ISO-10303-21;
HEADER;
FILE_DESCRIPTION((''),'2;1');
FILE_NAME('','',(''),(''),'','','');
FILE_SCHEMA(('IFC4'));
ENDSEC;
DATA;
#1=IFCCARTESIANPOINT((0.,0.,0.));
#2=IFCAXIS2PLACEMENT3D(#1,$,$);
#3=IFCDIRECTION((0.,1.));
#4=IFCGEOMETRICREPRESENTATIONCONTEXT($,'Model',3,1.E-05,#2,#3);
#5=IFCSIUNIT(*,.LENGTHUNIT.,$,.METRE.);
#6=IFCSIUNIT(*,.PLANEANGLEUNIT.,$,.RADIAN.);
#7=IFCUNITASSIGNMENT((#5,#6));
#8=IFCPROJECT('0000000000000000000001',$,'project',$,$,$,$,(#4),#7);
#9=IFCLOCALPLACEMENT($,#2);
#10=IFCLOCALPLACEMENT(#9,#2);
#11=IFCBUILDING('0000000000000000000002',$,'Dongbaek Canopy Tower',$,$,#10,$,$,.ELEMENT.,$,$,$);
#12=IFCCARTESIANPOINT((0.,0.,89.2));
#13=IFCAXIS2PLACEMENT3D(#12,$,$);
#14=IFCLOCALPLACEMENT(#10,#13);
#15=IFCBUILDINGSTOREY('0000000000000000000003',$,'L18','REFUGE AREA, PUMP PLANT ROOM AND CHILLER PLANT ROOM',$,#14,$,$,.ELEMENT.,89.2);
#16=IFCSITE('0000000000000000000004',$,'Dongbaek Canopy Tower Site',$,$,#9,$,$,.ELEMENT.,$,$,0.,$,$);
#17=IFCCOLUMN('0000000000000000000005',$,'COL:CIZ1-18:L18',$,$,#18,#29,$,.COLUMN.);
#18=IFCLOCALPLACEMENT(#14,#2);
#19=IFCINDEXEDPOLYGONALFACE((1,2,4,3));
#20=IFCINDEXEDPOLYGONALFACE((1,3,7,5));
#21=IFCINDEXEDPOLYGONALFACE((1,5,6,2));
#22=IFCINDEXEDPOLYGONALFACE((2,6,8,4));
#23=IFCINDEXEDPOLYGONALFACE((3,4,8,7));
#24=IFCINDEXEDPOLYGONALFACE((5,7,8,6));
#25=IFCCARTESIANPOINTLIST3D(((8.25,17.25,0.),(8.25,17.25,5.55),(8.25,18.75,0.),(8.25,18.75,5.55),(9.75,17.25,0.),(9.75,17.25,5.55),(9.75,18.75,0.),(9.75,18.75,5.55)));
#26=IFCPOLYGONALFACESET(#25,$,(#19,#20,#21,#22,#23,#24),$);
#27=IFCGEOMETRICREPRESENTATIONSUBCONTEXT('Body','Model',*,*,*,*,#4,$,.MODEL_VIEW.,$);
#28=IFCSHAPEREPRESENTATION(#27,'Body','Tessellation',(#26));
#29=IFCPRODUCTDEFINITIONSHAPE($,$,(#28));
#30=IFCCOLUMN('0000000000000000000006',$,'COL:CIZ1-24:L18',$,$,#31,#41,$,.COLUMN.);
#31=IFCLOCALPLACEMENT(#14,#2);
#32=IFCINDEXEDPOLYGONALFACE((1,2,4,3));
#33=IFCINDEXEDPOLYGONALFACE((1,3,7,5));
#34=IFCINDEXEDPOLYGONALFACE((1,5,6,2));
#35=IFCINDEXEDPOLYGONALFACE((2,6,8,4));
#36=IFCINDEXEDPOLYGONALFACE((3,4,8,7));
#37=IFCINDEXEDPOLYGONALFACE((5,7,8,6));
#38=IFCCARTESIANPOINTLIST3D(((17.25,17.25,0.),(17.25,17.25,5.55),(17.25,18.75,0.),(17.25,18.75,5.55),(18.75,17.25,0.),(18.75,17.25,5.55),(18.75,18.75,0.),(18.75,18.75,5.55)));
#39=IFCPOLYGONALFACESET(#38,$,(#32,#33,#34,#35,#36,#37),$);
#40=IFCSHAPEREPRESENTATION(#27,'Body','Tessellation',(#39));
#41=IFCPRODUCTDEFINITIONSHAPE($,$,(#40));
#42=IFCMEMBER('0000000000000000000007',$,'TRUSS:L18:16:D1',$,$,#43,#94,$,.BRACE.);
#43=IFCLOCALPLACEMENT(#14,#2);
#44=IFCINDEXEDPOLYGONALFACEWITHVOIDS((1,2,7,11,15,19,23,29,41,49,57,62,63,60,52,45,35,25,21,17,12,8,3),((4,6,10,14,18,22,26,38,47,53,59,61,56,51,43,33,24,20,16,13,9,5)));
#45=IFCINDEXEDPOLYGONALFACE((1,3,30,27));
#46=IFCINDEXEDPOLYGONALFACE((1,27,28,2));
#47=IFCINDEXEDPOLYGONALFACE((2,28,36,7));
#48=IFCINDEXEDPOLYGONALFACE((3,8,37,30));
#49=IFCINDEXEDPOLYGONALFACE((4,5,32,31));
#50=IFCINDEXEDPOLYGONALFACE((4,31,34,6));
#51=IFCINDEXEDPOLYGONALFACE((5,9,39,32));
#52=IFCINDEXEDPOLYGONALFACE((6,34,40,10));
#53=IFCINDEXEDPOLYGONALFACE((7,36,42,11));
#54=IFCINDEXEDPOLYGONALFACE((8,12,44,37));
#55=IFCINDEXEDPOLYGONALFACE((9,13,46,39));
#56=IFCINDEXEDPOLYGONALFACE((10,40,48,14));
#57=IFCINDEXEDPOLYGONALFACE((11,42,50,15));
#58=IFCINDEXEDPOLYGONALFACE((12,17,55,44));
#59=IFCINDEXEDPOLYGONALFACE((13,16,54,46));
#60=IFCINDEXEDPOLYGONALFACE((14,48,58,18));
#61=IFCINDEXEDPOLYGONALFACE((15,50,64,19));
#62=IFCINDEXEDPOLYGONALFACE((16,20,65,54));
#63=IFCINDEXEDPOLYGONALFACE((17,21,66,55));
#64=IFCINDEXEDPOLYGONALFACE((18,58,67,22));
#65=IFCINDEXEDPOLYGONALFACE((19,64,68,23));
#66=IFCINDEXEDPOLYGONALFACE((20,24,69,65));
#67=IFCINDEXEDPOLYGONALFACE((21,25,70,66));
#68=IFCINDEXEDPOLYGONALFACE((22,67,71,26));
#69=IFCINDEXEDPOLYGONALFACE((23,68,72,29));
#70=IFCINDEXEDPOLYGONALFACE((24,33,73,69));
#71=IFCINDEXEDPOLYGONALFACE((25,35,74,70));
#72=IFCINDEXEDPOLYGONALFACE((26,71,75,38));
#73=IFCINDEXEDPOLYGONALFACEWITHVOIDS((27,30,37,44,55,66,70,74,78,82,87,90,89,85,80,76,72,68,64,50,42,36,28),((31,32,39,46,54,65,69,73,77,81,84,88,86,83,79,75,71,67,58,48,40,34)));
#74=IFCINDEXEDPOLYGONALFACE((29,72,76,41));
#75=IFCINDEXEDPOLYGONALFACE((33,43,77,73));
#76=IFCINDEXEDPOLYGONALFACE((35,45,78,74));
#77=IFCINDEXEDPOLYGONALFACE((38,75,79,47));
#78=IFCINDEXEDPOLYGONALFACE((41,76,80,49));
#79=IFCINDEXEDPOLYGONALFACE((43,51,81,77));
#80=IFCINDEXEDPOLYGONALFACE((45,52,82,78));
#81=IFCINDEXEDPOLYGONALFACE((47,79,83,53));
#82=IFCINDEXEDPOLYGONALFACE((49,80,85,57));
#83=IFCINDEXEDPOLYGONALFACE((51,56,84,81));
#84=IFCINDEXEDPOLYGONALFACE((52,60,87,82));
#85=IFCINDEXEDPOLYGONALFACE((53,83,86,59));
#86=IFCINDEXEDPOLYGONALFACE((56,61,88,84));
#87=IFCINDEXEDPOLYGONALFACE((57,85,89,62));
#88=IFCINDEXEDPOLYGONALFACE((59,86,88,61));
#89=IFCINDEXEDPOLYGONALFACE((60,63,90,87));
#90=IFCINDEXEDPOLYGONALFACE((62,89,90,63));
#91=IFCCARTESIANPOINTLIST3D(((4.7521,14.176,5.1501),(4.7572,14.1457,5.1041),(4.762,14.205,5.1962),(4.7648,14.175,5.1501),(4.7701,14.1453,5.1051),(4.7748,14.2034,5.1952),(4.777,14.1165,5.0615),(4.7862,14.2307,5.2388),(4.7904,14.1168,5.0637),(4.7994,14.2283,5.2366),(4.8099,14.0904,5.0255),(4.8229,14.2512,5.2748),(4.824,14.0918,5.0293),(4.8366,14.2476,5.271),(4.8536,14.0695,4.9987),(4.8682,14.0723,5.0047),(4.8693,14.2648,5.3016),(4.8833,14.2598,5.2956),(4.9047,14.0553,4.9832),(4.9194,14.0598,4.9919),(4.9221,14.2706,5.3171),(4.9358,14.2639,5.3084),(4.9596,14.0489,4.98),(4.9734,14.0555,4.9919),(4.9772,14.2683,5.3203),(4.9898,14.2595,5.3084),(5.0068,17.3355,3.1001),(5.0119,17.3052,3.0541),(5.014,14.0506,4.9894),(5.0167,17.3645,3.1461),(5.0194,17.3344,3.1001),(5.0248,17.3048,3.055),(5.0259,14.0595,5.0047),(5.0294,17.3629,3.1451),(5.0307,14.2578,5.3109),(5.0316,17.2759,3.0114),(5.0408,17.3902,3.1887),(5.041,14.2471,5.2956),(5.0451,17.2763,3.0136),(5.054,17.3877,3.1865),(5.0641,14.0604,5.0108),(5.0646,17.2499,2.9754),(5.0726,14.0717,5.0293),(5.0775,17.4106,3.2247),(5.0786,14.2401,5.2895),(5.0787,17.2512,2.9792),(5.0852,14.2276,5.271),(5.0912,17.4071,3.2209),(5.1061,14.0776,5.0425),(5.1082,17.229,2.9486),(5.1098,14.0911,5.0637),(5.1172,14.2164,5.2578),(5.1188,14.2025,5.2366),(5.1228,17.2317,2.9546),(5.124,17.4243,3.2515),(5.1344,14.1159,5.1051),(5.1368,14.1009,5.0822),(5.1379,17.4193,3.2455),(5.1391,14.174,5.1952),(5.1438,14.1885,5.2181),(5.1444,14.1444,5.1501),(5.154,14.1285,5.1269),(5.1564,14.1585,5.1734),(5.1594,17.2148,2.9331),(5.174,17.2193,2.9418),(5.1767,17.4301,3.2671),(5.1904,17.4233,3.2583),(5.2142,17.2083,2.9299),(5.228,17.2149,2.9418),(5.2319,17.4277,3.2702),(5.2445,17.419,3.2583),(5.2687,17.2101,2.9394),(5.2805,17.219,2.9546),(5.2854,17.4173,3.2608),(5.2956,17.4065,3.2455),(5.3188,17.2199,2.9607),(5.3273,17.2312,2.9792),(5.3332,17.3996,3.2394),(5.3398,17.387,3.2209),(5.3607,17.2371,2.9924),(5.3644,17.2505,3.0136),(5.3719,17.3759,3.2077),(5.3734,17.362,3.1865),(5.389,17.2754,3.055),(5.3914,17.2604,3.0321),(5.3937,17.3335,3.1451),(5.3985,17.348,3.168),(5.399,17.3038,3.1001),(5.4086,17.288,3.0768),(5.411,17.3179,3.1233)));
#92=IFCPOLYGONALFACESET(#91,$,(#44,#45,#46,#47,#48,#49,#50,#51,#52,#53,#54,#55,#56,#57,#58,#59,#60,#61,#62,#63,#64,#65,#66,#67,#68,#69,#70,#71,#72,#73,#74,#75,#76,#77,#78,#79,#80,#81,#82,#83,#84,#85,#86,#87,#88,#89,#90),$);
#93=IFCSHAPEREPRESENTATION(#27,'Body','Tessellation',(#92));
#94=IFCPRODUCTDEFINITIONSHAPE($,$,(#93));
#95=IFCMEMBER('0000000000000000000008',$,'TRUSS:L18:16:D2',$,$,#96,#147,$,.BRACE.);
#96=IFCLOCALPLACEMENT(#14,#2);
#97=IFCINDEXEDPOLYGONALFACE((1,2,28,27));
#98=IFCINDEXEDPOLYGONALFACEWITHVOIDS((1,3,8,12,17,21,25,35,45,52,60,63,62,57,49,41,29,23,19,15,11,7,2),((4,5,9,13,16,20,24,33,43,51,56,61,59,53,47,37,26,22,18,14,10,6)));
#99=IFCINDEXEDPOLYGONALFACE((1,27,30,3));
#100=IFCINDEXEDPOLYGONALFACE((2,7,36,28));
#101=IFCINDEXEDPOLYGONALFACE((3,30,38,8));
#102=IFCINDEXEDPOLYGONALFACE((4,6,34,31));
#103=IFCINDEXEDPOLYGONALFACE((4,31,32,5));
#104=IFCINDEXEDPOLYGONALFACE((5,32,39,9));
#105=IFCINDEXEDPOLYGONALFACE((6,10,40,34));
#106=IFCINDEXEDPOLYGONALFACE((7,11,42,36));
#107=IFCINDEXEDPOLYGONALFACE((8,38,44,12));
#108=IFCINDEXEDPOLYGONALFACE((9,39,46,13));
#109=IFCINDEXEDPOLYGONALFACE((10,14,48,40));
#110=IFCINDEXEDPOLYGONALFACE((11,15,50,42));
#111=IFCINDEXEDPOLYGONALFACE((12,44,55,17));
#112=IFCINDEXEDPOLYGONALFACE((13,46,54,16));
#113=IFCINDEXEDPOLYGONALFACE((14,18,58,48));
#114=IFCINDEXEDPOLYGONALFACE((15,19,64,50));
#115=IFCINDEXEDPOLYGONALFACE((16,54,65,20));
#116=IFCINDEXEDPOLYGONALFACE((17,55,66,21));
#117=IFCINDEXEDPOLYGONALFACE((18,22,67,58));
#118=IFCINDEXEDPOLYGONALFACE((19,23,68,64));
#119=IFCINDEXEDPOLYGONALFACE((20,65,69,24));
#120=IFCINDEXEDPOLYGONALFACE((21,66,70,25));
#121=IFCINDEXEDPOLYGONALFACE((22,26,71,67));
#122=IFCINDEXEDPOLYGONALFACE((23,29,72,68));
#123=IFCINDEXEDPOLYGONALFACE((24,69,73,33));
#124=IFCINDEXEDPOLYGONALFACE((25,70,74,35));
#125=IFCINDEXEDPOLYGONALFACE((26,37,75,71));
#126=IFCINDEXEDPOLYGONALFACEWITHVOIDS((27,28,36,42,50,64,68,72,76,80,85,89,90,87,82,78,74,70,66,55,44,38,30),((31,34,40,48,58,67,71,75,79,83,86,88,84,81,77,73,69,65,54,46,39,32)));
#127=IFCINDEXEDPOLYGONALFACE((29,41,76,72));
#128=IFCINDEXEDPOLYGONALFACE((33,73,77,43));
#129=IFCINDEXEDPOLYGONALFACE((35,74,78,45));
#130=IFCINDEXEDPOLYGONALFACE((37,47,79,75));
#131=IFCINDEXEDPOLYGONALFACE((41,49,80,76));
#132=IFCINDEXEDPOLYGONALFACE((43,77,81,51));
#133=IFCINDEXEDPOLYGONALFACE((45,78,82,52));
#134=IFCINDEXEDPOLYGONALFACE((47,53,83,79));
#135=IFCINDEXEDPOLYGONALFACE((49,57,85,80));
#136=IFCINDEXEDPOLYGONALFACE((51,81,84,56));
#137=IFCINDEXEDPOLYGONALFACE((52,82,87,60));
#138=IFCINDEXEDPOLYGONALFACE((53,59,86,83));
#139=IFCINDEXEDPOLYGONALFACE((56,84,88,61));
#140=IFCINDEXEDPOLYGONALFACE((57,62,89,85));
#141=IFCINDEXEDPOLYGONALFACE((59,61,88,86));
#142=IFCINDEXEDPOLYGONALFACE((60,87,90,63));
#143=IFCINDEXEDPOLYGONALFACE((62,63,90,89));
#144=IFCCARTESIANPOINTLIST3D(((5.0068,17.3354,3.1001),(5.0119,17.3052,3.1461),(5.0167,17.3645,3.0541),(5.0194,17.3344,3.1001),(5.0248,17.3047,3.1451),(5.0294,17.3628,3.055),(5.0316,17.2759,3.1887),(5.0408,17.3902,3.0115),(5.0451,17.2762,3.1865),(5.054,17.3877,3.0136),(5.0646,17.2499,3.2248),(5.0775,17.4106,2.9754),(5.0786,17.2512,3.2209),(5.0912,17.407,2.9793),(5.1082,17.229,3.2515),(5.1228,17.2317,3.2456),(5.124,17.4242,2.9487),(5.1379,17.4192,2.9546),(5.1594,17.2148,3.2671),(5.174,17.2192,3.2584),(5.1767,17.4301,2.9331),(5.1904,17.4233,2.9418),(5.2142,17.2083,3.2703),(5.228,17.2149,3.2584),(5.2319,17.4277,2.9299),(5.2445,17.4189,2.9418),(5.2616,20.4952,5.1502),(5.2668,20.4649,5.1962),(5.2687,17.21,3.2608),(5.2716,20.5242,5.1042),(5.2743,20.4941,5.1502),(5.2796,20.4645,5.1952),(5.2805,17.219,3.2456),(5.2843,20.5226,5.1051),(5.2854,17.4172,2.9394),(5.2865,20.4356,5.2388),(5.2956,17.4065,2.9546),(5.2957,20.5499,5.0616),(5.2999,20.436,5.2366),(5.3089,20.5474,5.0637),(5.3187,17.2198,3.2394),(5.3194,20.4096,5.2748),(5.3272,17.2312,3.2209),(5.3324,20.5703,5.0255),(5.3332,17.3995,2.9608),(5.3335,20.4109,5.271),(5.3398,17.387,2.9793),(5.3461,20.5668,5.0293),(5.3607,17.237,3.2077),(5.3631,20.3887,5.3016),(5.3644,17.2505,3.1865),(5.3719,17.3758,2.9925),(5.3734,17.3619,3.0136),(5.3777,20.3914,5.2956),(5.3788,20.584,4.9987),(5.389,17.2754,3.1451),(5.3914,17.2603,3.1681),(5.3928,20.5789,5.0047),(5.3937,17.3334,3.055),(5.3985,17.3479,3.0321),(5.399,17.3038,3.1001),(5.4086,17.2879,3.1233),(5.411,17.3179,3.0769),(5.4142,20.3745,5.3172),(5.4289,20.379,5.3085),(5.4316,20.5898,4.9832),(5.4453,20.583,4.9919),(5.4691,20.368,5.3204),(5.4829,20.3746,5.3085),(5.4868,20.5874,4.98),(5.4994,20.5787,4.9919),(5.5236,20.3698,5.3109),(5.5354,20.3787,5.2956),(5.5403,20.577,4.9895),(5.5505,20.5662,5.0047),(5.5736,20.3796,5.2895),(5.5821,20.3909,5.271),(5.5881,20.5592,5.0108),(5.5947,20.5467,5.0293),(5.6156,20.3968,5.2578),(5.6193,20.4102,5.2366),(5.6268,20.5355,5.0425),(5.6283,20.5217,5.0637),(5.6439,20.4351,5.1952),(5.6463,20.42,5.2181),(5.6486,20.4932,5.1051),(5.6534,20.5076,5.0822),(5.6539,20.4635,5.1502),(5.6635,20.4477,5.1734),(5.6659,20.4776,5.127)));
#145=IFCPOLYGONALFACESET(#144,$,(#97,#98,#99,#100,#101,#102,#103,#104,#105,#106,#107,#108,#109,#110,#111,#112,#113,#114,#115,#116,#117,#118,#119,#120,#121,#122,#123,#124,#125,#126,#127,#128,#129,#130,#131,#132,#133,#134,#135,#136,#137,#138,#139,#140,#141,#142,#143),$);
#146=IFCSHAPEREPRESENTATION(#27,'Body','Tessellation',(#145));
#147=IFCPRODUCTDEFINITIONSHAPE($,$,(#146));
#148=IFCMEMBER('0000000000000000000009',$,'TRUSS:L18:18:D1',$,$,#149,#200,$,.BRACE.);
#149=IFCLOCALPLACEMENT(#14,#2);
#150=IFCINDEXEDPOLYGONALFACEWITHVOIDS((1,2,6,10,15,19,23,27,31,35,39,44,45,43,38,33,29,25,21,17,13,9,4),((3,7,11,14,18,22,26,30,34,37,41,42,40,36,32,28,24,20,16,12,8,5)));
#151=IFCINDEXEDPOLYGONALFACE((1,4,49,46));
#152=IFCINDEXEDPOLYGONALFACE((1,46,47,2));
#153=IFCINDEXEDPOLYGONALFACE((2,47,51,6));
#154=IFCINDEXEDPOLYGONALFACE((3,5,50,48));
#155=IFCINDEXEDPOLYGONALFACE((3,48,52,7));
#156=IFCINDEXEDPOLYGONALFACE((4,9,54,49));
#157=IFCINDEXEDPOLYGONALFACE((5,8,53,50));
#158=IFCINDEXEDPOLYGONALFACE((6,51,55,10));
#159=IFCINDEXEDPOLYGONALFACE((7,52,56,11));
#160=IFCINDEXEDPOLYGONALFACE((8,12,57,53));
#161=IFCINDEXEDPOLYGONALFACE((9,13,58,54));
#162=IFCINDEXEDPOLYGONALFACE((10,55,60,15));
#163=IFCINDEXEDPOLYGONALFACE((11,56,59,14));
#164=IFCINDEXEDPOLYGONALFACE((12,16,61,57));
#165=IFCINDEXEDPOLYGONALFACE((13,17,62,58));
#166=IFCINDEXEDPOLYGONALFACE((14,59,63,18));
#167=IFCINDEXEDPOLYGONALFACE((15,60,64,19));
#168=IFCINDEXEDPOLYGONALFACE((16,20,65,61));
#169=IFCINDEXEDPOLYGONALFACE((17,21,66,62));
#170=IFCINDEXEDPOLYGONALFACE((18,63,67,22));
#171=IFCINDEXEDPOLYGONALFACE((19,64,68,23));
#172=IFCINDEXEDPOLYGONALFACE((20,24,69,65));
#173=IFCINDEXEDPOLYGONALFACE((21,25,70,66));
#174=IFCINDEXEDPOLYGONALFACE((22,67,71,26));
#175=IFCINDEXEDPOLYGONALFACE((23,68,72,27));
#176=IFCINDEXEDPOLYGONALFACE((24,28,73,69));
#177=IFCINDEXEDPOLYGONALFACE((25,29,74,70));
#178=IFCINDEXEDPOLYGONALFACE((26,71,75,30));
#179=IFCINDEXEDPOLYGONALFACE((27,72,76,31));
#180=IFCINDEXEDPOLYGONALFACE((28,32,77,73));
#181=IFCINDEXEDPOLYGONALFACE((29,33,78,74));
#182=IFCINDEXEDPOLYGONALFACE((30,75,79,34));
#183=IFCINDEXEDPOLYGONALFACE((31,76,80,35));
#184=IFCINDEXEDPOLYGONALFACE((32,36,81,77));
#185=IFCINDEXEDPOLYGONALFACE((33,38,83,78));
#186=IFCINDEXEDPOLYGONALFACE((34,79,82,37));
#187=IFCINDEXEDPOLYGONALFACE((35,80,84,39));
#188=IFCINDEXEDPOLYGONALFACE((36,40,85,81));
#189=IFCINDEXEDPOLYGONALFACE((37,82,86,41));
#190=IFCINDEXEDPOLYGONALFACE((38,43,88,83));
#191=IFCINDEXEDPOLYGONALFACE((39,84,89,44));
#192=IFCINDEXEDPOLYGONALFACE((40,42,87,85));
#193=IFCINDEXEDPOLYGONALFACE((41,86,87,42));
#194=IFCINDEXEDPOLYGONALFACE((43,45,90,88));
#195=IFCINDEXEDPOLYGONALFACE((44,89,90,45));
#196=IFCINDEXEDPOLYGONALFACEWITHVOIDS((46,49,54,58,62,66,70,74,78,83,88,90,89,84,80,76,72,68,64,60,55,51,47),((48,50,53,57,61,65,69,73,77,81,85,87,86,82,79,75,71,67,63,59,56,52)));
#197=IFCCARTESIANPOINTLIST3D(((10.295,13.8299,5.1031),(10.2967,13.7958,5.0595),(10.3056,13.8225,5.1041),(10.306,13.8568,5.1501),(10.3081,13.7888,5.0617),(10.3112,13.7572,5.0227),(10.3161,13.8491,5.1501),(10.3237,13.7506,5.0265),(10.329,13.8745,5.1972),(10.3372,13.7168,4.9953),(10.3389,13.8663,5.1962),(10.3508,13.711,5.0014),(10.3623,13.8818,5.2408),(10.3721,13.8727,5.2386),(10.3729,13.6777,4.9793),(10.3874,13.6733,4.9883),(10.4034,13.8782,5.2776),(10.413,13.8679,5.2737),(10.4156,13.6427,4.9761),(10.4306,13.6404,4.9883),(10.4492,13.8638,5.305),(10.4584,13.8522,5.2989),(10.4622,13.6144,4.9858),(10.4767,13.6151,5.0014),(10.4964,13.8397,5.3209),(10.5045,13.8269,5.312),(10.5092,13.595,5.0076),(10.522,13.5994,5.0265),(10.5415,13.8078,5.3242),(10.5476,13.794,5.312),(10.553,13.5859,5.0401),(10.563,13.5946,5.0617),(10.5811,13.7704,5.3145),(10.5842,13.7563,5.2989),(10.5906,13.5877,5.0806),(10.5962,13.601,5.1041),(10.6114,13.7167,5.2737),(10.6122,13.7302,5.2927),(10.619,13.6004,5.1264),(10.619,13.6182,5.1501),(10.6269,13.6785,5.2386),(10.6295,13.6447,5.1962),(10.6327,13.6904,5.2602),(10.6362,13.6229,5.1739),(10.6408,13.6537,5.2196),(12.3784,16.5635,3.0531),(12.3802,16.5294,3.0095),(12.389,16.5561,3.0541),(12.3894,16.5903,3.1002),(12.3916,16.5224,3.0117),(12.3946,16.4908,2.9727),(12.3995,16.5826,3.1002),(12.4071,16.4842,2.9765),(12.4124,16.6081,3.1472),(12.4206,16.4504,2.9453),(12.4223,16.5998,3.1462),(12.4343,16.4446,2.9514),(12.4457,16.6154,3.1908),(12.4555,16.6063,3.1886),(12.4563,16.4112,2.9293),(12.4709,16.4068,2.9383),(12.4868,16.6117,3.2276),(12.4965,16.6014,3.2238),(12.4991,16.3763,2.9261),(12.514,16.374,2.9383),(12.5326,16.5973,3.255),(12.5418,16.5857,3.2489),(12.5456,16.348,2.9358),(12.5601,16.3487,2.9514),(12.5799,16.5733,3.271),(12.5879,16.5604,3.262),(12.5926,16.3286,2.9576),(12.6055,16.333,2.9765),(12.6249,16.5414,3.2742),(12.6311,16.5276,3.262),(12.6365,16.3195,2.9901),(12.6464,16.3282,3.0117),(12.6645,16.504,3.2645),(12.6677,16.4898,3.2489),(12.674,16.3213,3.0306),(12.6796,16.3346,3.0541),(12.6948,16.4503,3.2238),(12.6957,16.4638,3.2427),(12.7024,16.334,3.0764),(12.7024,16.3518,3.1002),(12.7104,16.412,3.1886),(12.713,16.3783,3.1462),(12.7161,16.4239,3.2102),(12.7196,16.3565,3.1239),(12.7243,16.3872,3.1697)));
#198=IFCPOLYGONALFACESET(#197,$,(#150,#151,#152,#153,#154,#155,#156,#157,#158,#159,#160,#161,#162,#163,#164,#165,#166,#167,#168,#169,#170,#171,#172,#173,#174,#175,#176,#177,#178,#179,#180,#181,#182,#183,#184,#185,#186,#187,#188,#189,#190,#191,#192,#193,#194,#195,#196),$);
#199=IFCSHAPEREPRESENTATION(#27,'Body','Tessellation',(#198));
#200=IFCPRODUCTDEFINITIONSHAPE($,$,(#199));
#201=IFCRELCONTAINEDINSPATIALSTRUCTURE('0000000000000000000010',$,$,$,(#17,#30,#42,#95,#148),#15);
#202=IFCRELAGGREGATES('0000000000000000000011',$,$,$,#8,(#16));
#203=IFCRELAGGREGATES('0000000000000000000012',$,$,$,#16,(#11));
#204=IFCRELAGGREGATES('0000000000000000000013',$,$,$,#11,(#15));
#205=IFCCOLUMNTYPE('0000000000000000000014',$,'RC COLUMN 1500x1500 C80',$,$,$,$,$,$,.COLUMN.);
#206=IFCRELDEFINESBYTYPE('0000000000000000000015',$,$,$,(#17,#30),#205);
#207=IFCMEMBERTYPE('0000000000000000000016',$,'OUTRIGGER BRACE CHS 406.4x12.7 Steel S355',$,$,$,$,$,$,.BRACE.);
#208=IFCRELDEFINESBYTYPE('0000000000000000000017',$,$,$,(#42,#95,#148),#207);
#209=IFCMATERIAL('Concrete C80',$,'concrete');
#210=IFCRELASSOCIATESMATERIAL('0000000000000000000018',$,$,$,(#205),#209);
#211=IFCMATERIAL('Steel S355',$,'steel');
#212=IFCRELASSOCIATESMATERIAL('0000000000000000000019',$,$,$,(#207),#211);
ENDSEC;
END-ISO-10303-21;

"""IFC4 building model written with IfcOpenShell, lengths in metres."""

from ifc_helpers import new_model, si_unit, direction, frame, origin, origin_2d, place, context, subcontext, project, spatial, rectangle, hollow_circle, extrude, material, material_profile, profile_set, type_object, element, save


model = new_model("IFC4")

# Units and contexts
model_context = context("Model", 3, precision=1e-05, world=origin(), true_north=direction((0.0, 1.0)))
body_context = subcontext(model_context, "Body", "Model", "MODEL_VIEW")
ifc_project = project(units=[si_unit("LENGTHUNIT", "METRE"), si_unit("PLANEANGLEUNIT", "RADIAN")], contexts=[model_context])

# Site, building, storey
site_placement = place(None, origin())
site = spatial("IfcSite", under=ifc_project, at=site_placement, Name="Dongbaek Canopy Tower Site", CompositionType="ELEMENT", RefElevation=0.0)
building_placement = place(site_placement, origin())
building = spatial("IfcBuilding", under=site, at=building_placement, Name="Dongbaek Canopy Tower", CompositionType="ELEMENT")
storey_placement = place(building_placement, frame((0.0, 0.0, 89.2)))
storey = spatial("IfcBuildingStorey", under=building, at=storey_placement, Name="L18", Description="REFUGE AREA, PUMP PLANT ROOM AND CHILLER PLANT ROOM", CompositionType="ELEMENT", Elevation=89.2)

# Columns
ifc_material_1 = material(Name="Concrete C80", Category="concrete")
ifc_material_profile_1 = material_profile(ifc_material_1, rectangle(XDim=1.5, YDim=1.5, at=origin_2d()), Name="RC COLUMN 1500x1500 C80")
ifc_profile_set_1 = profile_set([ifc_material_profile_1], Name="Concrete C80")
column_type = type_object("IfcColumnType", Name="RC COLUMN 1500x1500 C80", PredefinedType="COLUMN", material=ifc_profile_set_1)
for number, where, z_axis, x_axis, name in (
    (1, (9.0, 18.0, 0.0), (0.0, 0.0, 1.0), (1.0, 0.0, 0.0), "COL:CIZ1-18:L18"),
    (2, (18.0, 18.0, 0.0), (0.0, 0.0, 1.0), (1.0, 0.0, 0.0), "COL:CIZ1-24:L18"),
):
    element("IfcColumn", number, at=place(storey_placement, frame(where, z_axis=z_axis, x_axis=x_axis)), inside=storey, type_object=column_type, Name=name, PredefinedType="COLUMN", context=body_context, shape_type="SweptSolid", body=[
        extrude(rectangle(XDim=1.5, YDim=1.5, at=origin_2d()), origin(), (0.0, 0.0, 1.0), 5.55),
    ])

# Members
ifc_material_2 = material(Name="Steel S355", Category="steel")
ifc_material_profile_2 = material_profile(ifc_material_2, hollow_circle(Radius=0.2031, WallThickness=0.0127, at=origin_2d()), Name="OUTRIGGER BRACE CHS 406.4x12.7 Steel S355")
ifc_profile_set_2 = profile_set([ifc_material_profile_2], Name="Steel S355")
member_type_1 = type_object("IfcMemberType", Name="OUTRIGGER BRACE CHS 406.4x12.7 Steel S355", PredefinedType="BRACE", material=ifc_profile_set_2)
member_1_placement = place(storey_placement, frame((4.9546, 14.1597, 5.1501), z_axis=(0.067457, 0.836967, -0.543081), x_axis=(-0.996768, 0.080336, 0.0)))
element("IfcMember", 3, at=member_1_placement, inside=storey, type_object=member_type_1, Name="TRUSS:L18:16:D1", PredefinedType="BRACE", context=body_context, shape_type="SweptSolid", body=[
    extrude(hollow_circle(Radius=0.2031, WallThickness=0.0127, at=origin_2d()), origin(), (0.0, 0.0, 1.0), 3.7749),
])
member_2_placement = place(storey_placement, frame((5.2092, 17.3191, 3.1001), z_axis=(0.067517, 0.836982, 0.543049), x_axis=(-0.996762, 0.080406, 0.0)))
element("IfcMember", 4, at=member_2_placement, inside=storey, type_object=member_type_1, Name="TRUSS:L18:16:D2", PredefinedType="BRACE", context=body_context, shape_type="SweptSolid", body=[
    extrude(hollow_circle(Radius=0.2031, WallThickness=0.0127, at=origin_2d()), origin(), (0.0, 0.0, 1.0), 3.7751),
])
member_3_placement = place(storey_placement, frame((10.4675, 13.7336, 5.1501), z_axis=(0.520606, 0.683059, -0.512249), x_axis=(-0.795331, 0.606176, 0.0)))
element("IfcMember", 5, at=member_3_placement, inside=storey, type_object=member_type_1, Name="TRUSS:L18:18:D1", PredefinedType="BRACE", context=body_context, shape_type="SweptSolid", body=[
    extrude(hollow_circle(Radius=0.2031, WallThickness=0.0127, at=origin_2d()), origin(), (0.0, 0.0, 1.0), 4.002),
])

save(model, "model.ifc")
